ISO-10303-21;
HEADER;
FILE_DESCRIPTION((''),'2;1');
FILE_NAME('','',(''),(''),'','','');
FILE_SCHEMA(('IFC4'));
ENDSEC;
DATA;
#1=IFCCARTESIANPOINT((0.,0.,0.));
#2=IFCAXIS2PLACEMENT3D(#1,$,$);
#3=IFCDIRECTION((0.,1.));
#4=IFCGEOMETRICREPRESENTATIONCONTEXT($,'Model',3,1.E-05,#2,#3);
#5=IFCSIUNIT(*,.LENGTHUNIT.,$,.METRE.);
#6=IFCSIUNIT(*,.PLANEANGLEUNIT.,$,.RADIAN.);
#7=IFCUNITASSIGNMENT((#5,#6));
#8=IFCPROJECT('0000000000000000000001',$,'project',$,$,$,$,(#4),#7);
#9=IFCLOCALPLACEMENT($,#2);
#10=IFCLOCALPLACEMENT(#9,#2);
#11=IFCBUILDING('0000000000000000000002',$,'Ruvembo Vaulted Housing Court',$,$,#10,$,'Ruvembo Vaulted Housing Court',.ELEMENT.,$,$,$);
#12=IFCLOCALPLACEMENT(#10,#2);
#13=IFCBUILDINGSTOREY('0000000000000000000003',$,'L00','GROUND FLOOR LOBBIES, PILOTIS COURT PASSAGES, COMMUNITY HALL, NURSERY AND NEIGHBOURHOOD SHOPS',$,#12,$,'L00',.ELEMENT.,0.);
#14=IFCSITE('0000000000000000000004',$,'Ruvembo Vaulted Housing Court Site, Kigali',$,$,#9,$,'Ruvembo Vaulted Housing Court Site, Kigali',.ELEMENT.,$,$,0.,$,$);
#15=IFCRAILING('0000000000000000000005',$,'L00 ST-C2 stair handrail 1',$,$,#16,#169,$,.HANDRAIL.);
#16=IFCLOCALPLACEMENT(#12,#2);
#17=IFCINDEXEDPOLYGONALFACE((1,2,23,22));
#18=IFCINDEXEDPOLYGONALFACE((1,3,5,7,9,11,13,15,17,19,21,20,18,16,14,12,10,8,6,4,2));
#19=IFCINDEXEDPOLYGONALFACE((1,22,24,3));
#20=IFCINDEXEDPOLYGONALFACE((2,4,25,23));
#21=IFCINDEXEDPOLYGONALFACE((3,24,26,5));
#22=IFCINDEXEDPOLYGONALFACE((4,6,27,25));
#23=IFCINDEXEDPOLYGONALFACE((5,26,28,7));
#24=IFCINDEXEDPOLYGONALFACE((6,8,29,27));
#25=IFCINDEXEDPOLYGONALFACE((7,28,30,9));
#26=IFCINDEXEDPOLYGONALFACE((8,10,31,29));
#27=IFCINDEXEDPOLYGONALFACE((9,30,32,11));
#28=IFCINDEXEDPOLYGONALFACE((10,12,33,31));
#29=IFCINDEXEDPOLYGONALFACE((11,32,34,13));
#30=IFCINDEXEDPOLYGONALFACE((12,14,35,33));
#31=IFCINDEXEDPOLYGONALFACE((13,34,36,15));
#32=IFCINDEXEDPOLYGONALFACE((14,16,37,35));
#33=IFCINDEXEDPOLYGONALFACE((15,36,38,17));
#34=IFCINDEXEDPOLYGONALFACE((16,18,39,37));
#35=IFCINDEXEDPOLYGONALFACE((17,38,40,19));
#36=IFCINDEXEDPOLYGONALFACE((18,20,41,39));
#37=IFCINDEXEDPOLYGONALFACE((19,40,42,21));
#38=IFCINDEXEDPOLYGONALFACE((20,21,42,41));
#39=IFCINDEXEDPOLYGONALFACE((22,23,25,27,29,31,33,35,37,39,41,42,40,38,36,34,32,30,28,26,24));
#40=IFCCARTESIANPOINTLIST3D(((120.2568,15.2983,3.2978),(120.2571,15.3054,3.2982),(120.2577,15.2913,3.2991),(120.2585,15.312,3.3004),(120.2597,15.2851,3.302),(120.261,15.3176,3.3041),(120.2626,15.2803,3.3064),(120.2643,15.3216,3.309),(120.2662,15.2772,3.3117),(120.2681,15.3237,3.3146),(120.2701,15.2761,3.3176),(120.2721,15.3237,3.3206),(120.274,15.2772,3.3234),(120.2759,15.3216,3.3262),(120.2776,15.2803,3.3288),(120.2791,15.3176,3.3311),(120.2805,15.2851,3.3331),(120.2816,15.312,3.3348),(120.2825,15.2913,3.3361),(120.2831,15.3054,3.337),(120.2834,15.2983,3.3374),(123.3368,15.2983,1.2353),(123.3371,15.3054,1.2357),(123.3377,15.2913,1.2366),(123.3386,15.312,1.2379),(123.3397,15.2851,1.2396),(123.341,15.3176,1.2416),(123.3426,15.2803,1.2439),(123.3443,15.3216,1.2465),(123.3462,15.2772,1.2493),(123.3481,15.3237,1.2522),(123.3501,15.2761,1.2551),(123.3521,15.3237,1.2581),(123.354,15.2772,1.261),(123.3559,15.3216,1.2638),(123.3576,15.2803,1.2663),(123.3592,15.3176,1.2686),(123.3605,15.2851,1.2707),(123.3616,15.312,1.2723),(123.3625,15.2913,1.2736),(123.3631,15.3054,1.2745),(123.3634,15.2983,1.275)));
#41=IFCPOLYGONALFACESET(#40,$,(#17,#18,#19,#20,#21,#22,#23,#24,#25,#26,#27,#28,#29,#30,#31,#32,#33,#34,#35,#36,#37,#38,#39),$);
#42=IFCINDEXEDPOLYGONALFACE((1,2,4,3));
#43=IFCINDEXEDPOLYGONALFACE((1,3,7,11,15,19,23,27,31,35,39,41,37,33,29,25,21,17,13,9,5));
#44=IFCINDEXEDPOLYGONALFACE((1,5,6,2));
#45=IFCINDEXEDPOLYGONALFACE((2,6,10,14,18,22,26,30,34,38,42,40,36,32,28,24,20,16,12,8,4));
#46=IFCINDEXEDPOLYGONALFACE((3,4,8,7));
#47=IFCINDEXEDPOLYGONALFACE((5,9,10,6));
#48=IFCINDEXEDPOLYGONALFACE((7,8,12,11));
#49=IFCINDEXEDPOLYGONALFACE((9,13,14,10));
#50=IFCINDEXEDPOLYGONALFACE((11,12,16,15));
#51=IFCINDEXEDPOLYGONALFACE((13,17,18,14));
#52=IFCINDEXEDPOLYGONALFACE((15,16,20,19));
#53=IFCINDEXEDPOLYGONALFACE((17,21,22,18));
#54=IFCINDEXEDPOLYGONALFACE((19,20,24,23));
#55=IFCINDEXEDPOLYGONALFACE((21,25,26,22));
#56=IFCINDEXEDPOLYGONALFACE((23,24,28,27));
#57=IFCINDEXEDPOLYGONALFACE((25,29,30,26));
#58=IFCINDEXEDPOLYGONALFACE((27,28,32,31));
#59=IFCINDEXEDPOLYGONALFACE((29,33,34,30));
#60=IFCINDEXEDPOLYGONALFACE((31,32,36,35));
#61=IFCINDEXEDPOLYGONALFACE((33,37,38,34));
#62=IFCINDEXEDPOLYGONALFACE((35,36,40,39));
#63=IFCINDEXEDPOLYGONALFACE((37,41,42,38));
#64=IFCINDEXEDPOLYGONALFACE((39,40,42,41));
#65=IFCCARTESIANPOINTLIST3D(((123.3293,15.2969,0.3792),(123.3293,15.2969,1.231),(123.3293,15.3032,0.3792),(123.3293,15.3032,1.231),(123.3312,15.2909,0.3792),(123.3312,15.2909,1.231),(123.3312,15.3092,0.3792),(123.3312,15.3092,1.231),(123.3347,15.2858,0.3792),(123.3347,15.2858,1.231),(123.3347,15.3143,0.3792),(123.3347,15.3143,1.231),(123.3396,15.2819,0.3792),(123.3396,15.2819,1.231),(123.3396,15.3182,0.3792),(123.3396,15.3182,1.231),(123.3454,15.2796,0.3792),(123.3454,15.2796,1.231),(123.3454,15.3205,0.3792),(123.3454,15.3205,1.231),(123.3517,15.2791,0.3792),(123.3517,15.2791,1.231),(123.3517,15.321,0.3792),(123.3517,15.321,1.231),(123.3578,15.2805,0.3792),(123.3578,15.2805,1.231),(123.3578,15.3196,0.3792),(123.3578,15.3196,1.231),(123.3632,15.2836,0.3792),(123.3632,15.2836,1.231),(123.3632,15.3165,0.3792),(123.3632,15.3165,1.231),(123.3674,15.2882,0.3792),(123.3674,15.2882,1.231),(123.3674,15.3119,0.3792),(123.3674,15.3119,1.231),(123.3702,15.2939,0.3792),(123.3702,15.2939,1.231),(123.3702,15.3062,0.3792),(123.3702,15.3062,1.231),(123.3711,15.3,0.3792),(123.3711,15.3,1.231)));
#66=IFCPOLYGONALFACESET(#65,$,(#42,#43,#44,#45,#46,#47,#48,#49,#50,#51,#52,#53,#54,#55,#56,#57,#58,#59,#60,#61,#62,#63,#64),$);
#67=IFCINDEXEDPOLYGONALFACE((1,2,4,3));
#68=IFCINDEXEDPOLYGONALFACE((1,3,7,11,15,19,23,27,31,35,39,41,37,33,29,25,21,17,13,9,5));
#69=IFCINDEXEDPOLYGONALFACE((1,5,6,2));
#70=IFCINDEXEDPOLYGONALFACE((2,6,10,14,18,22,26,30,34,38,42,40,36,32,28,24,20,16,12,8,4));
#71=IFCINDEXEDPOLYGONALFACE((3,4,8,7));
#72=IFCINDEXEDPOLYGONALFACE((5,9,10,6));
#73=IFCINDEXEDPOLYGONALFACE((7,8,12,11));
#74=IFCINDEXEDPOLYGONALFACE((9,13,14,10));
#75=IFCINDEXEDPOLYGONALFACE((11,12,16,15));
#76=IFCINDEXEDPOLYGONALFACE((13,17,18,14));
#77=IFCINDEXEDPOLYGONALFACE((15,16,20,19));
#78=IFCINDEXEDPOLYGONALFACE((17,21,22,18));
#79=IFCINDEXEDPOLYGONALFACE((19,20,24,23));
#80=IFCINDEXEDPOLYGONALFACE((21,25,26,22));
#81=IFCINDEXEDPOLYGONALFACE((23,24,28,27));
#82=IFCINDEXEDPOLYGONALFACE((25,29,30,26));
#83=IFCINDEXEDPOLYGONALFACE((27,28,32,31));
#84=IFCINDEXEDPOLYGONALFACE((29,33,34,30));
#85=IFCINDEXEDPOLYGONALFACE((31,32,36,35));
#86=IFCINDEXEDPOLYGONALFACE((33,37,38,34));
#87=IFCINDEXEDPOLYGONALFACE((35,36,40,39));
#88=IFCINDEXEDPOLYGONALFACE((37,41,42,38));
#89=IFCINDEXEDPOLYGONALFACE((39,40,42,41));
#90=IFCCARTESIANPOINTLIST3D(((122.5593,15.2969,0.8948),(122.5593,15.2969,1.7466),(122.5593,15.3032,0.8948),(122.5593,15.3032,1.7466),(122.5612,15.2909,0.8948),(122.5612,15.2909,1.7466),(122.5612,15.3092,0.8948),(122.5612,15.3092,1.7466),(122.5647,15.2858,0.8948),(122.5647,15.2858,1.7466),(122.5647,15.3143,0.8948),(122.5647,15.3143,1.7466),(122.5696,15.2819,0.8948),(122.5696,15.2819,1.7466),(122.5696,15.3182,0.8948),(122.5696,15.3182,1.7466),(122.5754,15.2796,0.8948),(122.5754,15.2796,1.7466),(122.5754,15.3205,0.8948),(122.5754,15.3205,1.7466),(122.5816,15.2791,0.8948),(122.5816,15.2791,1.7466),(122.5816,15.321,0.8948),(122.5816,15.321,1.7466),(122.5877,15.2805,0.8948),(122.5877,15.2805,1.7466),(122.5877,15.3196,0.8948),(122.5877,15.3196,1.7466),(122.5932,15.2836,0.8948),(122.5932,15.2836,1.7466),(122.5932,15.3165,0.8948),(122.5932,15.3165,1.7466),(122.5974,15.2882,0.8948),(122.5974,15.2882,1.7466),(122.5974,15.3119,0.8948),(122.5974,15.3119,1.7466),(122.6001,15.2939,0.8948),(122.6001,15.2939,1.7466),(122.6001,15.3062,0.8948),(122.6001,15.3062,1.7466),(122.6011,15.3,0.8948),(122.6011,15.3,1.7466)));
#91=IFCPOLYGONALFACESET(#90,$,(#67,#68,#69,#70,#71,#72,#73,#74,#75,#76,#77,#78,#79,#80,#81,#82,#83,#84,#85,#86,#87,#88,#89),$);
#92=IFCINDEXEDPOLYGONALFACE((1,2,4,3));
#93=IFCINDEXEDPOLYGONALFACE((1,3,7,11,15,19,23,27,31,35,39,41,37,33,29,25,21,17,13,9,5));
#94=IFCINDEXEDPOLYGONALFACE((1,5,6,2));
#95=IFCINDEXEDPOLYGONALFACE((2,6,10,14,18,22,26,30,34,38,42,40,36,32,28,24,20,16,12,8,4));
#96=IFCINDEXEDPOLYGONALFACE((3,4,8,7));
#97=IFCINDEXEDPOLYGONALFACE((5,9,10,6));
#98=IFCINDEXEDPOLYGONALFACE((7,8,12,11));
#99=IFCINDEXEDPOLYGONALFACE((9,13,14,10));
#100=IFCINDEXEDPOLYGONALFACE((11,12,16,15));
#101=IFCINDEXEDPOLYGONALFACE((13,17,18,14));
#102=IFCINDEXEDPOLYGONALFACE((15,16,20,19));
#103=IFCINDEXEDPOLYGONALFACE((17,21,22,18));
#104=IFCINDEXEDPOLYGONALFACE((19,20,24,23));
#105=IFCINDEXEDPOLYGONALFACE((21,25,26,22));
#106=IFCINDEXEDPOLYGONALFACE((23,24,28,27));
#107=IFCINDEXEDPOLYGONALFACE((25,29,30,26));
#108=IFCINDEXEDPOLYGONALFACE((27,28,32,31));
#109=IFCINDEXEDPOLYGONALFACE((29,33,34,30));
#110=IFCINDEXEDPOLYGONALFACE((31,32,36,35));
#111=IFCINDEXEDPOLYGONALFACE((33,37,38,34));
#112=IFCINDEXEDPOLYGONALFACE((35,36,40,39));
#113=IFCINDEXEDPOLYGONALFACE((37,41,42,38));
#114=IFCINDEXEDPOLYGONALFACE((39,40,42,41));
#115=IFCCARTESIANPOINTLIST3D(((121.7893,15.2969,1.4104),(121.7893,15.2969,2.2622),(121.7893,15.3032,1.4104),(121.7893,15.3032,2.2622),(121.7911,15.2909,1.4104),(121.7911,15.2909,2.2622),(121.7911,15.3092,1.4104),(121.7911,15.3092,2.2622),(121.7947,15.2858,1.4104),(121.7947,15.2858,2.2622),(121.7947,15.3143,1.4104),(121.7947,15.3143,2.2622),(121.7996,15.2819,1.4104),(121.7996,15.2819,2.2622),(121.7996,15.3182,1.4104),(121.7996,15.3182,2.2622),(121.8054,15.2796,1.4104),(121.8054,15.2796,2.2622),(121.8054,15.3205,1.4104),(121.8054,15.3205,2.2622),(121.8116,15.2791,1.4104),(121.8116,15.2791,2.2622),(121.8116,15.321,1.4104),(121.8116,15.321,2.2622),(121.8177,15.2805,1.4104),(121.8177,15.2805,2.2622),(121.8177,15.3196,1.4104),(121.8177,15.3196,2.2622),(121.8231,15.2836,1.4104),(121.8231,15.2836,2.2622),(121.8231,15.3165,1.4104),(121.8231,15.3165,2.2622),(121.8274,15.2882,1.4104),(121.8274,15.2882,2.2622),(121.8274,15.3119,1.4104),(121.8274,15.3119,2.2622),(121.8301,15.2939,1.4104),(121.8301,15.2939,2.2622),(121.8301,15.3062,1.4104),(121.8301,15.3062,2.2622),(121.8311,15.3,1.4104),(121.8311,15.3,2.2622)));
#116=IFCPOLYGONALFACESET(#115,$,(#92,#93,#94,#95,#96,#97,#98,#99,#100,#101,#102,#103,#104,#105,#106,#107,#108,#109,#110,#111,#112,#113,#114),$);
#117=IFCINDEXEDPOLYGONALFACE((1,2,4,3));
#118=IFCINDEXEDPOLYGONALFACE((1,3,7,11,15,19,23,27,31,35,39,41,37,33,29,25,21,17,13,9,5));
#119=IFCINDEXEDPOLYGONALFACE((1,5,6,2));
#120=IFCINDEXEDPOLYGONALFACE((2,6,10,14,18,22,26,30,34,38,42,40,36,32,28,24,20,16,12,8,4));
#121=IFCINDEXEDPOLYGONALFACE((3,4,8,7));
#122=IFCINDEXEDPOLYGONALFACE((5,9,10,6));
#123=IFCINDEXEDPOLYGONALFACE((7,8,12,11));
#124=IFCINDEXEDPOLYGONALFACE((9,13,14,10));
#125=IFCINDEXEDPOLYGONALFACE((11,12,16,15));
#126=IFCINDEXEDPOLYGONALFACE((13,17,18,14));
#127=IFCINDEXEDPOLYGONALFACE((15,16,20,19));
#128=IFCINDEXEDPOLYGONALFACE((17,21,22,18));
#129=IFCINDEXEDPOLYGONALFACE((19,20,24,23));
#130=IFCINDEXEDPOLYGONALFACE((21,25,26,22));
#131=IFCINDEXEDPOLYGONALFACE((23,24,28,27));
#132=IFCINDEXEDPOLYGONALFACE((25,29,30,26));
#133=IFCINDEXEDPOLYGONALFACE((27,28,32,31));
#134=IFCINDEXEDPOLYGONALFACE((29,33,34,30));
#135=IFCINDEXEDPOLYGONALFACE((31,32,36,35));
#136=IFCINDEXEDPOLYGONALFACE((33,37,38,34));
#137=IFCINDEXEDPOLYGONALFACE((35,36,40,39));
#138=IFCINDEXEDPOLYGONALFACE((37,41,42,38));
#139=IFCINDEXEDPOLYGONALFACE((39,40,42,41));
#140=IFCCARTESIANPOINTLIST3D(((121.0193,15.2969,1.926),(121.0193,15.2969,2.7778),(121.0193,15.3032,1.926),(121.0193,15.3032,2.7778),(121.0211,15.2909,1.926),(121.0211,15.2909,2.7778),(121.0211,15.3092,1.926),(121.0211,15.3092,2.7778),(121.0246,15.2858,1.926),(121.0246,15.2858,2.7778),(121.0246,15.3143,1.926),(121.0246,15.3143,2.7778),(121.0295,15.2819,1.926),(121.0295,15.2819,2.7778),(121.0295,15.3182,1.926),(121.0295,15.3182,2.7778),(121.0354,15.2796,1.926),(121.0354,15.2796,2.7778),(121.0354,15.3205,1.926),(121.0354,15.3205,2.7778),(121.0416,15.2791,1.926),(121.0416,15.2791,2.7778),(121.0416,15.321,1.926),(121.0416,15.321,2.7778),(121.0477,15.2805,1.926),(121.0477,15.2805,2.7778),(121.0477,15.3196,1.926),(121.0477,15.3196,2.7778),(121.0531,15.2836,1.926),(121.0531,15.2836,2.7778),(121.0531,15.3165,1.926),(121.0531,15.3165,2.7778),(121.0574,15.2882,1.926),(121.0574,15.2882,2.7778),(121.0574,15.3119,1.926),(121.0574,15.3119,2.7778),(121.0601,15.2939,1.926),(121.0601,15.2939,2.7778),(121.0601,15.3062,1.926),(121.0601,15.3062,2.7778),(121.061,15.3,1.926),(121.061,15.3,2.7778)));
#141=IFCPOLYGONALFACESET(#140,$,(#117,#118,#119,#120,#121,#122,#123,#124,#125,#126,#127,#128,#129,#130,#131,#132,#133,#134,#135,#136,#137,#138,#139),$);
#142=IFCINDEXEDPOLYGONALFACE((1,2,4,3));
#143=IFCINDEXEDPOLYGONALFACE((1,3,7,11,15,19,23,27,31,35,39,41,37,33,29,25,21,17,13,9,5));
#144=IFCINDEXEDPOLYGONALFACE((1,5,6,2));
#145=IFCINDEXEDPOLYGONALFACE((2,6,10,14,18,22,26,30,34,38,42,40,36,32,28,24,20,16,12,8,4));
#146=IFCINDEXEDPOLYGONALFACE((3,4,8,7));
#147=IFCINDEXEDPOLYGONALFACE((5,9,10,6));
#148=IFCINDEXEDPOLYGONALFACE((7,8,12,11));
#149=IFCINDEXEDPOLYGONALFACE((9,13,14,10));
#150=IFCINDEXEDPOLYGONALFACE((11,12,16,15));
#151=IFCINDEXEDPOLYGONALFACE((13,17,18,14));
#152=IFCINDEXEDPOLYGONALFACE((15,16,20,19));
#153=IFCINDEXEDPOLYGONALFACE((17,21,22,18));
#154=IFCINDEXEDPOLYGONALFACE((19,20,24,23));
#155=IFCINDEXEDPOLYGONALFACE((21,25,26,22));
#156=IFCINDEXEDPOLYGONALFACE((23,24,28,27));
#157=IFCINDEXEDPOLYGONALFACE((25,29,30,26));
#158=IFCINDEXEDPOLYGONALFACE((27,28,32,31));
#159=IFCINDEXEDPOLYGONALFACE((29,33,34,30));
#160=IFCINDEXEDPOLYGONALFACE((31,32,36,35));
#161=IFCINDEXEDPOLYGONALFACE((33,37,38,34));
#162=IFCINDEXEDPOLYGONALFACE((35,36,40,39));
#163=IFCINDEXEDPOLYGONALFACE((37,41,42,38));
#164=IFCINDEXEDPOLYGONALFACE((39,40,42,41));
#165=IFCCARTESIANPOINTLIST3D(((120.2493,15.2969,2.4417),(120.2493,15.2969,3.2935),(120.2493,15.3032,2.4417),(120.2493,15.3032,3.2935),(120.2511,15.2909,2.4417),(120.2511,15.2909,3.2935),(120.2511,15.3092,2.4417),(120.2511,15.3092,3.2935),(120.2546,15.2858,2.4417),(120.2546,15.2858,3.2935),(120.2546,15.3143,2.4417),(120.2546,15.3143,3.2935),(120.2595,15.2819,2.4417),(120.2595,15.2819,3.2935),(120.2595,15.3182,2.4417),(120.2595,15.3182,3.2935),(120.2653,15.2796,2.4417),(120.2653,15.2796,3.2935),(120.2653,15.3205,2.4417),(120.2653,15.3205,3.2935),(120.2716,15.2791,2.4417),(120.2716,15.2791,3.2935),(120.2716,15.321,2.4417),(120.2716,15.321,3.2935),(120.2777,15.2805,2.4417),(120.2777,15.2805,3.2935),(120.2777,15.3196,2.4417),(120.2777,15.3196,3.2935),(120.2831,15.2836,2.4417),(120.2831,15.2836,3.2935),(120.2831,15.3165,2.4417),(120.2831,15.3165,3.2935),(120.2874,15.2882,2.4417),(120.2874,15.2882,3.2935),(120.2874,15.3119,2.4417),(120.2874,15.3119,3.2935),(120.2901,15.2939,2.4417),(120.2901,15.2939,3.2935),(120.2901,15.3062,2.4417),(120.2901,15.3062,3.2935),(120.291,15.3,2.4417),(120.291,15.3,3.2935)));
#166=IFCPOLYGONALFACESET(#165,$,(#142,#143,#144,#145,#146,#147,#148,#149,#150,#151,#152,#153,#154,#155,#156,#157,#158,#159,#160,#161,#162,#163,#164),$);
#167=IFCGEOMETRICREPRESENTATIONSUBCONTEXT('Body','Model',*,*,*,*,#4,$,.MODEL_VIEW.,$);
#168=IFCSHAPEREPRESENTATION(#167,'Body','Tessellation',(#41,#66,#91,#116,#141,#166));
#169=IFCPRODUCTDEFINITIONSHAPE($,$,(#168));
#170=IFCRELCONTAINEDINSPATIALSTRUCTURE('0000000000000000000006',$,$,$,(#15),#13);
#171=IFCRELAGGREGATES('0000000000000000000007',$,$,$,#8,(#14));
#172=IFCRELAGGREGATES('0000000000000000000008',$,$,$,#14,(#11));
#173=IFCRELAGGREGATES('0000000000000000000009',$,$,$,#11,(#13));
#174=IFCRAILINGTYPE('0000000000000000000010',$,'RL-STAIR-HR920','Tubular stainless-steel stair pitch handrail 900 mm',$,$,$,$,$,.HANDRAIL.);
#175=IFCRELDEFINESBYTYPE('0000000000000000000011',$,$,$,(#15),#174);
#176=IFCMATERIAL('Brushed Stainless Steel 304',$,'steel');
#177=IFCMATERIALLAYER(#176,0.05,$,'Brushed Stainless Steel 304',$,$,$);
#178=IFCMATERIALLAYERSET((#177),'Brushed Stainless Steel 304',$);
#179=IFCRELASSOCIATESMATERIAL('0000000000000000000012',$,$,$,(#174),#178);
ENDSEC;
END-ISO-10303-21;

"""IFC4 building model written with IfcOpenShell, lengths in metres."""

from ifc_helpers import new_model, si_unit, direction, frame, origin, origin_2d, place, context, subcontext, project, spatial, circle, extrude, material, layer, layer_set, type_object, element, save


model = new_model("IFC4")

# Units and contexts
model_context = context("Model", 3, precision=1e-05, world=origin(), true_north=direction((0.0, 1.0)))
body_context = subcontext(model_context, "Body", "Model", "MODEL_VIEW")
ifc_project = project(units=[si_unit("LENGTHUNIT", "METRE"), si_unit("PLANEANGLEUNIT", "RADIAN")], contexts=[model_context])

# Site, building, storey
site_placement = place(None, origin())
site = spatial("IfcSite", under=ifc_project, at=site_placement, Name="Ruvembo Vaulted Housing Court Site, Kigali", LongName="Ruvembo Vaulted Housing Court Site, Kigali", CompositionType="ELEMENT", RefElevation=0.0)
building_placement = place(site_placement, origin())
building = spatial("IfcBuilding", under=site, at=building_placement, Name="Ruvembo Vaulted Housing Court", LongName="Ruvembo Vaulted Housing Court", CompositionType="ELEMENT")
storey_placement = place(building_placement, origin())
storey = spatial("IfcBuildingStorey", under=building, at=storey_placement, Name="L00", Description="GROUND FLOOR LOBBIES, PILOTIS COURT PASSAGES, COMMUNITY HALL, NURSERY AND NEIGHBOURHOOD SHOPS", LongName="L00", CompositionType="ELEMENT", Elevation=0.0)

# Shared definitions
ifc_material_1 = material(Name="Brushed Stainless Steel 304", Category="steel")

# Railing
ifc_layer_1 = layer(ifc_material_1, 0.05, Name="Brushed Stainless Steel 304")
ifc_layer_set_1 = layer_set([ifc_layer_1], Name="Brushed Stainless Steel 304")
railing_type_1 = type_object("IfcRailingType", Name="RL-STAIR-HR920", Description="Tubular stainless-steel stair pitch handrail 900 mm", PredefinedType="HANDRAIL", material=ifc_layer_set_1)
railing_1_placement = place(storey_placement, frame((123.3501, 15.3, 0.3792)))
element("IfcRailing", 1, at=railing_1_placement, inside=storey, type_object=railing_type_1, Name="L00 ST-C2 stair handrail 1", PredefinedType="HANDRAIL", context=body_context, shape_type="SweptSolid", body=[
    extrude(circle(Radius=0.0239, at=origin_2d()), frame((0.0, 0.0, 0.876), z_axis=(-0.830914, 0.0, 0.556401), x_axis=(0.0, -1.0, 0.0)), (0.0, 0.0, 1.0), 3.7068),
    extrude(circle(Radius=0.021, at=origin_2d()), origin(), (0.0, 0.0, 1.0), 0.8518),
    extrude(circle(Radius=0.021, at=origin_2d()), frame((-0.77, 0.0, 0.5156)), (0.0, 0.0, 1.0), 0.8518),
    extrude(circle(Radius=0.021, at=origin_2d()), frame((-1.54, 0.0, 1.0312)), (0.0, 0.0, 1.0), 0.8518),
    extrude(circle(Radius=0.021, at=origin_2d()), frame((-2.3101, 0.0, 1.5469)), (0.0, 0.0, 1.0), 0.8518),
    extrude(circle(Radius=0.021, at=origin_2d()), frame((-3.0801, 0.0, 2.0625)), (0.0, 0.0, 1.0), 0.8518),
])

save(model, "model.ifc")
